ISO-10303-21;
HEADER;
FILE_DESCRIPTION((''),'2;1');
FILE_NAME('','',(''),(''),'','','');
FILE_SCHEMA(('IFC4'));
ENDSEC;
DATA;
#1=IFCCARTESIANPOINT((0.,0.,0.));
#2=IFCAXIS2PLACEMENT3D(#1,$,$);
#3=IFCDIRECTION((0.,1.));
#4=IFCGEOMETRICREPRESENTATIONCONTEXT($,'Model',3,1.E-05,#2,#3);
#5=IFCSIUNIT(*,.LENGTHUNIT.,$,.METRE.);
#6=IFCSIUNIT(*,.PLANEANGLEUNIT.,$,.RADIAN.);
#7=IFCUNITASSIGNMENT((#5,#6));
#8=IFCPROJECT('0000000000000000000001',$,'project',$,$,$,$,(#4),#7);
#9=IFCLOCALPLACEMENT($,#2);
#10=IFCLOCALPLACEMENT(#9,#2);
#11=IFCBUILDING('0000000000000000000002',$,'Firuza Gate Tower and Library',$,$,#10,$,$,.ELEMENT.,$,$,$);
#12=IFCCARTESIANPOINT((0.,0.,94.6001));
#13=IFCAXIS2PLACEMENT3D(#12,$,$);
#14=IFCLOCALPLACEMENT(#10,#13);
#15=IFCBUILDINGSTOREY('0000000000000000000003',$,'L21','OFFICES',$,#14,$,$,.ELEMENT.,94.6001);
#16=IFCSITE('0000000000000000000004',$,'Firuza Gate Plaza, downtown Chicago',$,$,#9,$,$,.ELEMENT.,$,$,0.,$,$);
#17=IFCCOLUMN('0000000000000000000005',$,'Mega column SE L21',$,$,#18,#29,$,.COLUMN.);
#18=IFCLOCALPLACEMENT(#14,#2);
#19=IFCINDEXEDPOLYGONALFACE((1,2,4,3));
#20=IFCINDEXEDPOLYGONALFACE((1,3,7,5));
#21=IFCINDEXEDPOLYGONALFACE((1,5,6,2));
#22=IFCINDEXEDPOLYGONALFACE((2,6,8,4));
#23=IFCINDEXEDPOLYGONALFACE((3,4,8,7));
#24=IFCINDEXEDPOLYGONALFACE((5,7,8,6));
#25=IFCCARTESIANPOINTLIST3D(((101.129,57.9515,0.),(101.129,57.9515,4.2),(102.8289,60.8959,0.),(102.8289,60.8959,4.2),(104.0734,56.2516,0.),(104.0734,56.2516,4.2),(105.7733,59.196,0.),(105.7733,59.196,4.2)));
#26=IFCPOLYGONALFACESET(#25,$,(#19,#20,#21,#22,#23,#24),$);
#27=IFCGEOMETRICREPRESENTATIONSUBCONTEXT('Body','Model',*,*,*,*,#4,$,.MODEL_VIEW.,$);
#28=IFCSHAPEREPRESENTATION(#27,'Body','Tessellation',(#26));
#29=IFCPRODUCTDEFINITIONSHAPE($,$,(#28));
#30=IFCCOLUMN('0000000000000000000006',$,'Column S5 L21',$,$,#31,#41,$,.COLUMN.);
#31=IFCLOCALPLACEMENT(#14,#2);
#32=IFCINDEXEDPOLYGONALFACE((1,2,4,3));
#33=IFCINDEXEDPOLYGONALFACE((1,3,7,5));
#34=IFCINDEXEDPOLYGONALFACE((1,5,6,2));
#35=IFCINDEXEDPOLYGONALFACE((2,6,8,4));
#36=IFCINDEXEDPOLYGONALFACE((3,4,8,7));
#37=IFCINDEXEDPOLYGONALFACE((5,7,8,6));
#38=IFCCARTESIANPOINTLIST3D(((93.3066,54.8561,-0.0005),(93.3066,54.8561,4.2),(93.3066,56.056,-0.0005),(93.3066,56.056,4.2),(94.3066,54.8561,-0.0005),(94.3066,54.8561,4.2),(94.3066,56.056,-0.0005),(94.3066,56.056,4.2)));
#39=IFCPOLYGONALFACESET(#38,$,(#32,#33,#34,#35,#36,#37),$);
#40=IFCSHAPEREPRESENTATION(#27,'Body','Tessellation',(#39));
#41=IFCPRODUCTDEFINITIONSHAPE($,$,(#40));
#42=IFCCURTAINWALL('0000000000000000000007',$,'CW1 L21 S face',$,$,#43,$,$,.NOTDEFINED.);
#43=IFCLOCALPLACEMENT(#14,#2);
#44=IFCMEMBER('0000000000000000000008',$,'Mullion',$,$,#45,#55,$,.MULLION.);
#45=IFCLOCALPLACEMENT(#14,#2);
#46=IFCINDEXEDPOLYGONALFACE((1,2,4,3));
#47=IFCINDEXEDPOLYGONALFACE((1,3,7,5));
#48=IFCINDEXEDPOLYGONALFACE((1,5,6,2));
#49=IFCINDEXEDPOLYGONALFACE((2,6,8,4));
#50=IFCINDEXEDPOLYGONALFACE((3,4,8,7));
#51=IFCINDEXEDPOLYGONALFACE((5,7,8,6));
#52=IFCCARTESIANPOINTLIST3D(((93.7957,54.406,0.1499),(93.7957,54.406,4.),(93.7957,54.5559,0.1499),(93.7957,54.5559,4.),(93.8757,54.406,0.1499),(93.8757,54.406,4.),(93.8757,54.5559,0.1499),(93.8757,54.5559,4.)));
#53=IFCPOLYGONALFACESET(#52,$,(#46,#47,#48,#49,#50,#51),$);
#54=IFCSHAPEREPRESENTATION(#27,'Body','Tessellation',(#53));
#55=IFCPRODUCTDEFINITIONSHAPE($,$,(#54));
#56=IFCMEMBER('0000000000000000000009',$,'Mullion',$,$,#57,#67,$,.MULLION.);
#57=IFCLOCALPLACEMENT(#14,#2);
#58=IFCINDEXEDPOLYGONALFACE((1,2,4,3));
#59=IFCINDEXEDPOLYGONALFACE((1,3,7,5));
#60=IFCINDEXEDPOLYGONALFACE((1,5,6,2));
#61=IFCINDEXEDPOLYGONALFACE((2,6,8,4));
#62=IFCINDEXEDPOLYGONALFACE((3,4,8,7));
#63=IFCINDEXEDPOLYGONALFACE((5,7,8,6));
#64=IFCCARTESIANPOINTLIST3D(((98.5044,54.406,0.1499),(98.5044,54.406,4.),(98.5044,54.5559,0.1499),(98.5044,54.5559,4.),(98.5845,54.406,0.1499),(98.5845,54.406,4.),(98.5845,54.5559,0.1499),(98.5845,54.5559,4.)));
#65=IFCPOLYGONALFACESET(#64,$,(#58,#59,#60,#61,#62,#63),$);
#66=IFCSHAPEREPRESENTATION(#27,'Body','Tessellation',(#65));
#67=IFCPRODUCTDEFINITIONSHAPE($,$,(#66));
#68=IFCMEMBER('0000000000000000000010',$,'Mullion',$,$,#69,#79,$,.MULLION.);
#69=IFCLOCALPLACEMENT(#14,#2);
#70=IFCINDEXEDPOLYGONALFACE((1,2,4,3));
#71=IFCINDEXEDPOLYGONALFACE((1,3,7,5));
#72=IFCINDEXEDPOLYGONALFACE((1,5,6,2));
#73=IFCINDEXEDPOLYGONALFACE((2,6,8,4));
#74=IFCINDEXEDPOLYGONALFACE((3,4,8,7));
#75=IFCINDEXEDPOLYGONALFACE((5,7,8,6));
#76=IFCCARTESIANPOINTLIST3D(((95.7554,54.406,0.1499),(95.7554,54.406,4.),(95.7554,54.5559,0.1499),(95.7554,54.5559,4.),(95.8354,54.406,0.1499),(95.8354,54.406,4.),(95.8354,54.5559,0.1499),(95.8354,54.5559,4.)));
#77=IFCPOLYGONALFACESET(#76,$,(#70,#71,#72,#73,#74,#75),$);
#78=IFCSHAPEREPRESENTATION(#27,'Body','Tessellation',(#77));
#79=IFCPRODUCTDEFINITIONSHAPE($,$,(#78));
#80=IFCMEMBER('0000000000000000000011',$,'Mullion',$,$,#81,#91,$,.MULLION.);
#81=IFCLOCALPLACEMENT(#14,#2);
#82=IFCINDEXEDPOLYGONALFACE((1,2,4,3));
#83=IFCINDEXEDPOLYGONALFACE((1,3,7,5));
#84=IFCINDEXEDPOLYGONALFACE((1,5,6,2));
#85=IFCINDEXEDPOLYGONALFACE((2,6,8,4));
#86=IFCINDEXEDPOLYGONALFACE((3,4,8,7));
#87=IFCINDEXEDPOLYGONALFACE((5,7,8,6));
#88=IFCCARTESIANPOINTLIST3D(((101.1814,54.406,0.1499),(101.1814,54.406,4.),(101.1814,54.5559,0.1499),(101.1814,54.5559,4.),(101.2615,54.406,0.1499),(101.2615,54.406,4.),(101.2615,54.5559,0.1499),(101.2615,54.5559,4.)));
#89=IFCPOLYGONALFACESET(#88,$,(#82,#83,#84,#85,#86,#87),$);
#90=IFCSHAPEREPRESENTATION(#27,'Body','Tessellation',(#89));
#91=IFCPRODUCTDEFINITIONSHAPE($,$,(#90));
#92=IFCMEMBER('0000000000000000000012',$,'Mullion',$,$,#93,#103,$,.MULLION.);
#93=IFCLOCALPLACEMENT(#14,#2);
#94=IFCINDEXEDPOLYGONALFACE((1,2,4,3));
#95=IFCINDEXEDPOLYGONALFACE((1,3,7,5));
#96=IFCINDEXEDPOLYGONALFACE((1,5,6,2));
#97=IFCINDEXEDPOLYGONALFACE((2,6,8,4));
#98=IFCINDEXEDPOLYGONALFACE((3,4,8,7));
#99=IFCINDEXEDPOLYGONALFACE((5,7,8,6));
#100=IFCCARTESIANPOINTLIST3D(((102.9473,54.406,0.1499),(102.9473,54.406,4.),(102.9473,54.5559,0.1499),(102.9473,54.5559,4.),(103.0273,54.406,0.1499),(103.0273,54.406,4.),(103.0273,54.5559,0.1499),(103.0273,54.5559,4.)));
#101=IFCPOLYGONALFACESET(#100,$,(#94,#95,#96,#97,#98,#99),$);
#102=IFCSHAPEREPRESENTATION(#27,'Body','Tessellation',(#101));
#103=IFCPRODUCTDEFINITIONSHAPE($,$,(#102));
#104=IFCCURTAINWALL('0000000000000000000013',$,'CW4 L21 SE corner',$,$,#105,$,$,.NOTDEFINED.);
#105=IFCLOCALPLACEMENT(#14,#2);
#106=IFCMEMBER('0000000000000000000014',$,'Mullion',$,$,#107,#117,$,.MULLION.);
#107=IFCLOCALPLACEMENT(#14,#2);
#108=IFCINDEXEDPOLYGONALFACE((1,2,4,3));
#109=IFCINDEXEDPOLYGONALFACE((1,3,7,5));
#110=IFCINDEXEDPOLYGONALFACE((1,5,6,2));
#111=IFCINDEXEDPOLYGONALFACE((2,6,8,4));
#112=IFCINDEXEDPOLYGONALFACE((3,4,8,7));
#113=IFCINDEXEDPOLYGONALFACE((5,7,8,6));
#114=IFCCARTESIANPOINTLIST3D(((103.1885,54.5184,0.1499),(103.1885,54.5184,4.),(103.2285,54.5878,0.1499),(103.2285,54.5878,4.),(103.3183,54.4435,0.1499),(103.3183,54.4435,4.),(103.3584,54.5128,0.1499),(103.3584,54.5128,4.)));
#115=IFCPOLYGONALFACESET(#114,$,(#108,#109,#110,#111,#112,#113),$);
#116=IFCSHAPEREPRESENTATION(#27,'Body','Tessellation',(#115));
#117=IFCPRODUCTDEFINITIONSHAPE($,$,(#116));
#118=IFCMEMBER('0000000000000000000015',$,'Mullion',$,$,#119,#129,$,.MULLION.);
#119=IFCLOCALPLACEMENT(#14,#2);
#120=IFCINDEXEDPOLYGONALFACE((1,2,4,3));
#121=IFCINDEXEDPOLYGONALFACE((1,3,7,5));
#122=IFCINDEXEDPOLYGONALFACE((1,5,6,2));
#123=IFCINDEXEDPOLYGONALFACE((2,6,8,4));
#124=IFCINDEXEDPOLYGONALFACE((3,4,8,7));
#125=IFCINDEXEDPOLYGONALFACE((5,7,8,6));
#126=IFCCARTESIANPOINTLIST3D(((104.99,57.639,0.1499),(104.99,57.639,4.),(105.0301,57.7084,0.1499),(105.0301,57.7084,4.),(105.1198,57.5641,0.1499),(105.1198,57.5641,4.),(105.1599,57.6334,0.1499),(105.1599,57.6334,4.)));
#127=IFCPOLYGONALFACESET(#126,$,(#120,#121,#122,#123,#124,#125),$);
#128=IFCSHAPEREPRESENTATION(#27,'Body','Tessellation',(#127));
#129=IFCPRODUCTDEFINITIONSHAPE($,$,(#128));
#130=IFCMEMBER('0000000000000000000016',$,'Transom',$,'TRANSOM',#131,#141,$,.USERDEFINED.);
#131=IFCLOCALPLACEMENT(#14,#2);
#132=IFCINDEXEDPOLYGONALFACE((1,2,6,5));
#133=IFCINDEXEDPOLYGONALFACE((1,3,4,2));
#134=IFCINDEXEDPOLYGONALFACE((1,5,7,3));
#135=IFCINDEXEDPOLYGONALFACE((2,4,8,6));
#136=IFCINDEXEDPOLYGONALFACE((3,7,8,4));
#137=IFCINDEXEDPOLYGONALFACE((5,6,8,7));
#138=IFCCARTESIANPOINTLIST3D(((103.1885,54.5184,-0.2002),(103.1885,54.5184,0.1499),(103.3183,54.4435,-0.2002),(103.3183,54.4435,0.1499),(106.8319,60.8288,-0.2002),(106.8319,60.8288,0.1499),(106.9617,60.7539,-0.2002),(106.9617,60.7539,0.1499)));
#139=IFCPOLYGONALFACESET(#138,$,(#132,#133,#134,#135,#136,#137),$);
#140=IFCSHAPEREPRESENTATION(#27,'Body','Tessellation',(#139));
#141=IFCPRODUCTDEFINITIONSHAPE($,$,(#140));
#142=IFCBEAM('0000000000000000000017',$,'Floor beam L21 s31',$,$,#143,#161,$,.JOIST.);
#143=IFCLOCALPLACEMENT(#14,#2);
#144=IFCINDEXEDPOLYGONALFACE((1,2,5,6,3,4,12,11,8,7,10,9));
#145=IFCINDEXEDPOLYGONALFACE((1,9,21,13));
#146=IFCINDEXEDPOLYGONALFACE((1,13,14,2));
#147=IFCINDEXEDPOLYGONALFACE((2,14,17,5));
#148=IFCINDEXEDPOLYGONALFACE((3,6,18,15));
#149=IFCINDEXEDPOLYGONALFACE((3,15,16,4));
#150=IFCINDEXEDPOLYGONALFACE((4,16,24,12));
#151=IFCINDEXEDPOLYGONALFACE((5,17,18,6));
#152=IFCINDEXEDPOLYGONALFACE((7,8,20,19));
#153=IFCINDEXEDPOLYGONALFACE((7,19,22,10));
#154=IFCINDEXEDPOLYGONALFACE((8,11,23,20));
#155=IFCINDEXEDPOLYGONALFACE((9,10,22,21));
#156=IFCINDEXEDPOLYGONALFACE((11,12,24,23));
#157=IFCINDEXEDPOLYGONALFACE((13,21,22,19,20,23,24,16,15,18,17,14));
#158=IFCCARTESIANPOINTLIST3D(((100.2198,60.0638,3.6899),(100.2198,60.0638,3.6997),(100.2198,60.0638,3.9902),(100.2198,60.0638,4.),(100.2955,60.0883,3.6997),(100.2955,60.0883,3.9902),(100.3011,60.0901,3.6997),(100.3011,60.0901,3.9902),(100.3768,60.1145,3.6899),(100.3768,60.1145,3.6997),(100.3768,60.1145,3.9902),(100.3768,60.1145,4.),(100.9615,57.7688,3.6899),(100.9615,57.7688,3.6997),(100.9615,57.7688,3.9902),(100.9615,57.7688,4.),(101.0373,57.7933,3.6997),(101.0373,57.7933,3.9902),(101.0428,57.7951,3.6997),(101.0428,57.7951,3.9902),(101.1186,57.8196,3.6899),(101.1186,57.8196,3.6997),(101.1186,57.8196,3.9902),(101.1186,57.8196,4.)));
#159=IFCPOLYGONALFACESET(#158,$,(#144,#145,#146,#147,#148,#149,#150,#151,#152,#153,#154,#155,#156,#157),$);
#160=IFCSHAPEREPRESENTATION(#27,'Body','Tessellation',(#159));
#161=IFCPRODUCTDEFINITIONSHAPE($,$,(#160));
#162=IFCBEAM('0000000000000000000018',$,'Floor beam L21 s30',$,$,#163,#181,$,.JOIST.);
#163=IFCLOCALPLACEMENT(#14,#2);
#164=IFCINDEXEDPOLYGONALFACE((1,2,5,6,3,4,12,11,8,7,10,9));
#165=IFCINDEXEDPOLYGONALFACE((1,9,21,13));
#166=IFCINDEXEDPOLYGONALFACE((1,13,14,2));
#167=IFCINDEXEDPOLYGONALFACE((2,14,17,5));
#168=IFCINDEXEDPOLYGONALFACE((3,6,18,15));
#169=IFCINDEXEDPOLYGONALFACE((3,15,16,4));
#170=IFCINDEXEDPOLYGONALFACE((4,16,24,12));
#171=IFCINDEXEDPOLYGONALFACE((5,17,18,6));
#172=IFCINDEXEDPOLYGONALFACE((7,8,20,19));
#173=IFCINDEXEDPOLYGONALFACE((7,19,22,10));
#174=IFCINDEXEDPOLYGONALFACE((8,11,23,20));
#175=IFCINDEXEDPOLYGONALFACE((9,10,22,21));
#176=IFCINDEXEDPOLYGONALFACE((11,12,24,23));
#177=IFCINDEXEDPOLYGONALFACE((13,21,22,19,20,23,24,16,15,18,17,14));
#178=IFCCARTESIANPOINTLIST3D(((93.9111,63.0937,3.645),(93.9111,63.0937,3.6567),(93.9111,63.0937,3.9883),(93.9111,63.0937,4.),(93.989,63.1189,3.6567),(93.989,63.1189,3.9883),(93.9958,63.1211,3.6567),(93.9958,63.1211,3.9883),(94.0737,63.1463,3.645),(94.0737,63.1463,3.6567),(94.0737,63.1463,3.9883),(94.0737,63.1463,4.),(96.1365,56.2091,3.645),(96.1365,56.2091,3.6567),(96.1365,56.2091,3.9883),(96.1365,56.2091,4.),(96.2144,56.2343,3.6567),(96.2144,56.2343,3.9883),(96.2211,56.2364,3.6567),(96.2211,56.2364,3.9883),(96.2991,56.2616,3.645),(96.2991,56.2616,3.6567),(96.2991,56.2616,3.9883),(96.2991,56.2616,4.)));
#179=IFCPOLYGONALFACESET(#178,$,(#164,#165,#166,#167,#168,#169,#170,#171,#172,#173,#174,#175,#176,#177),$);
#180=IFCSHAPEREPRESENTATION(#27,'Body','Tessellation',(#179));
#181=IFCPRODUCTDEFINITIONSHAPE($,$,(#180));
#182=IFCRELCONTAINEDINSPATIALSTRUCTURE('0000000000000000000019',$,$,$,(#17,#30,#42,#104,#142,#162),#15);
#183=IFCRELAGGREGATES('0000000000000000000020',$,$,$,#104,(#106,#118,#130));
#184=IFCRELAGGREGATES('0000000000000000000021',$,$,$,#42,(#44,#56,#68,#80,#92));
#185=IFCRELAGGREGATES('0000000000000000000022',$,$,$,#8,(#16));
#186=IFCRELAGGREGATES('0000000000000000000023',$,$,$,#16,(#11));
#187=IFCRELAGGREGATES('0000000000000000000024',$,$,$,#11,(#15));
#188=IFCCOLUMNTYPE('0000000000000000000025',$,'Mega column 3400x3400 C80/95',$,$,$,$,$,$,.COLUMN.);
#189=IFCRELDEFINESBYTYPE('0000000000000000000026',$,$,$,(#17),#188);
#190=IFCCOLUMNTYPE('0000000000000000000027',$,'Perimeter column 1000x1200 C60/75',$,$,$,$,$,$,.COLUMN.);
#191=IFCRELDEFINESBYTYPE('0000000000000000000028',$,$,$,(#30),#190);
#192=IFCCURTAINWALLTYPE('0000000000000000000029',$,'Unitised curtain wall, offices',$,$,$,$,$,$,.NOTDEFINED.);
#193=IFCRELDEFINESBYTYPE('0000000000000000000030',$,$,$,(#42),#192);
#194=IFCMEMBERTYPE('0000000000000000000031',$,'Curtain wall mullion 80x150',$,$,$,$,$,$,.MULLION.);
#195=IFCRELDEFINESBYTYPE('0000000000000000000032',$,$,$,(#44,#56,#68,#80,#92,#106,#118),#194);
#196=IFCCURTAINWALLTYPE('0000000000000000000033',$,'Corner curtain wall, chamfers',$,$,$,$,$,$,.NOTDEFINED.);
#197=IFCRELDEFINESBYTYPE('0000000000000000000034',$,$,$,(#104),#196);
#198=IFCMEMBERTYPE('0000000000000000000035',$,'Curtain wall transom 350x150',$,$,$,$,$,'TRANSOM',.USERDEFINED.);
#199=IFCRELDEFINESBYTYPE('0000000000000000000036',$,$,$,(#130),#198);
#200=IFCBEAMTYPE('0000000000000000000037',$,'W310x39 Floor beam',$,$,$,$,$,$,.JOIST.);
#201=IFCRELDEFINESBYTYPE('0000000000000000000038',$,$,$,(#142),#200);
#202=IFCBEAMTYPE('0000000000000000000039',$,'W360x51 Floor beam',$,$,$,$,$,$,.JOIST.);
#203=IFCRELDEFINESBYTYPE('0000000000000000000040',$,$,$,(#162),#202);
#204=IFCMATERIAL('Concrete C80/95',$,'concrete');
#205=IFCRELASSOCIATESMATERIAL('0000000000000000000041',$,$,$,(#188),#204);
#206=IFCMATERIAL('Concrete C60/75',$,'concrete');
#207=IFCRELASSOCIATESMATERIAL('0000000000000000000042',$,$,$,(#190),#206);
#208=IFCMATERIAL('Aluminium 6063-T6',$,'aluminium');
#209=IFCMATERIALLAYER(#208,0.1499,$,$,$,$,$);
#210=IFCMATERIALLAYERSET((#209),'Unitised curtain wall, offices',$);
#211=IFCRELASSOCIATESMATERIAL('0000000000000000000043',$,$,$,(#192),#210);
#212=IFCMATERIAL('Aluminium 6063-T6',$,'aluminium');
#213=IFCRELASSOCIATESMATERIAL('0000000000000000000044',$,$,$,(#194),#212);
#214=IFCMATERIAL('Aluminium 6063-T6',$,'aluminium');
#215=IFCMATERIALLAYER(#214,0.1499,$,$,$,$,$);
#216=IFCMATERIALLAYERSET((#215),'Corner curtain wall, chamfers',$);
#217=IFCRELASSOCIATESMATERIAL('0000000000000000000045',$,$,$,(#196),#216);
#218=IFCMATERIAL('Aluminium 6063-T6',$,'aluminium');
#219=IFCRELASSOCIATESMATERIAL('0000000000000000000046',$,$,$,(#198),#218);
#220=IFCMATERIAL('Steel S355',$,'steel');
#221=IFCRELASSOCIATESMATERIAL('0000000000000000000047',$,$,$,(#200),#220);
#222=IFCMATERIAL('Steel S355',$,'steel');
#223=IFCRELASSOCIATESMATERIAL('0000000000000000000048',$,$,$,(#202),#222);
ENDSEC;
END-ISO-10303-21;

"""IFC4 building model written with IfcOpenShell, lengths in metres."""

from ifc_helpers import new_model, si_unit, direction, frame, origin, origin_2d, place, context, subcontext, project, spatial, rectangle, i_section, extrude, material, layer, layer_set, material_profile, profile_set, type_object, element, aggregate, save


model = new_model("IFC4")

# Units and contexts
model_context = context("Model", 3, precision=1e-05, world=origin(), true_north=direction((0.0, 1.0)))
body_context = subcontext(model_context, "Body", "Model", "MODEL_VIEW")
ifc_project = project(units=[si_unit("LENGTHUNIT", "METRE"), si_unit("PLANEANGLEUNIT", "RADIAN")], contexts=[model_context])

# Site, building, storey
site_placement = place(None, origin())
site = spatial("IfcSite", under=ifc_project, at=site_placement, Name="Firuza Gate Plaza, downtown Chicago", CompositionType="ELEMENT", RefElevation=0.0)
building_placement = place(site_placement, origin())
building = spatial("IfcBuilding", under=site, at=building_placement, Name="Firuza Gate Tower and Library", CompositionType="ELEMENT")
storey_placement = place(building_placement, frame((0.0, 0.0, 94.6001)))
storey = spatial("IfcBuildingStorey", under=building, at=storey_placement, Name="L21", Description="OFFICES", CompositionType="ELEMENT", Elevation=94.6001)

# Columns
ifc_material_1 = material(Name="Concrete C80/95", Category="concrete")
ifc_material_profile_1 = material_profile(ifc_material_1, rectangle(XDim=3.3999, YDim=3.3999, at=origin_2d()))
ifc_profile_set_1 = profile_set([ifc_material_profile_1], Name="Concrete C80/95")
column_type_1 = type_object("IfcColumnType", Name="Mega column 3400x3400 C80/95", PredefinedType="COLUMN", material=ifc_profile_set_1)
column_1_placement = place(storey_placement, frame((103.4512, 58.5737, 0.0), z_axis=(0.0, 0.0, 1.0), x_axis=(0.5, 0.866025, 0.0)))
element("IfcColumn", 1, at=column_1_placement, inside=storey, type_object=column_type_1, Name="Mega column SE L21", PredefinedType="COLUMN", context=body_context, shape_type="SweptSolid", body=[
    extrude(rectangle(XDim=3.3999, YDim=3.3999, at=origin_2d()), origin(), (0.0, 0.0, 1.0), 4.2),
])
ifc_material_2 = material(Name="Concrete C60/75", Category="concrete")
ifc_material_profile_2 = material_profile(ifc_material_2, rectangle(XDim=1.0, YDim=1.2, at=origin_2d()))
ifc_profile_set_2 = profile_set([ifc_material_profile_2], Name="Concrete C60/75")
column_type_2 = type_object("IfcColumnType", Name="Perimeter column 1000x1200 C60/75", PredefinedType="COLUMN", material=ifc_profile_set_2)
column_2_placement = place(storey_placement, frame((93.8066, 55.4561, -0.0005), z_axis=(0.0, 0.0, 1.0), x_axis=(1.0, 0.0, 0.0)))
element("IfcColumn", 2, at=column_2_placement, inside=storey, type_object=column_type_2, Name="Column S5 L21", PredefinedType="COLUMN", context=body_context, shape_type="SweptSolid", body=[
    extrude(rectangle(XDim=1.0, YDim=1.2, at=origin_2d()), origin(), (0.0, 0.0, 1.0), 4.2004),
])

# Curtain walls, members
ifc_material_3 = material(Name="Aluminium 6063-T6", Category="aluminium")
ifc_layer_1 = layer(ifc_material_3, 0.1499)
ifc_layer_set_1 = layer_set([ifc_layer_1], Name="Unitised curtain wall, offices")
curtain_wall_type_1 = type_object("IfcCurtainWallType", Name="Unitised curtain wall, offices", PredefinedType="NOTDEFINED", material=ifc_layer_set_1)
placement = place(storey_placement, origin())
curtain_wall_1 = element("IfcCurtainWall", 3, at=placement, inside=storey, type_object=curtain_wall_type_1, Name="CW1 L21 S face", PredefinedType="NOTDEFINED")
ifc_material_4 = material(Name="Aluminium 6063-T6", Category="aluminium")
ifc_material_profile_3 = material_profile(ifc_material_4, rectangle(XDim=0.1499, YDim=0.0801, at=origin_2d()))
ifc_profile_set_3 = profile_set([ifc_material_profile_3], Name="Aluminium 6063-T6")
member_type_1 = type_object("IfcMemberType", Name="Curtain wall mullion 80x150", PredefinedType="MULLION", material=ifc_profile_set_3)
member_1_placement = place(storey_placement, frame((93.8357, 54.481, 0.1499), z_axis=(0.0, 0.0, 1.0), x_axis=(0.0, 1.0, 0.0)))
member_1 = element("IfcMember", 4, at=member_1_placement, type_object=member_type_1, Name="Mullion", PredefinedType="MULLION", context=body_context, shape_type="SweptSolid", body=[
    extrude(rectangle(XDim=0.1499, YDim=0.0801, at=origin_2d()), origin(), (0.0, 0.0, 1.0), 3.8501),
])
member_2_placement = place(storey_placement, frame((98.5444, 54.481, 0.1499), z_axis=(0.0, 0.0, 1.0), x_axis=(0.0, 1.0, 0.0)))
member_2 = element("IfcMember", 5, at=member_2_placement, type_object=member_type_1, Name="Mullion", PredefinedType="MULLION", context=body_context, shape_type="SweptSolid", body=[
    extrude(rectangle(XDim=0.1499, YDim=0.0801, at=origin_2d()), origin(), (0.0, 0.0, 1.0), 3.8501),
])
member_3_placement = place(storey_placement, frame((95.7954, 54.481, 0.1499), z_axis=(0.0, 0.0, 1.0), x_axis=(0.0, 1.0, 0.0)))
member_3 = element("IfcMember", 6, at=member_3_placement, type_object=member_type_1, Name="Mullion", PredefinedType="MULLION", context=body_context, shape_type="SweptSolid", body=[
    extrude(rectangle(XDim=0.1499, YDim=0.0801, at=origin_2d()), origin(), (0.0, 0.0, 1.0), 3.8501),
])
member_4_placement = place(storey_placement, frame((101.2214, 54.481, 0.1499), z_axis=(0.0, 0.0, 1.0), x_axis=(0.0, 1.0, 0.0)))
member_4 = element("IfcMember", 7, at=member_4_placement, type_object=member_type_1, Name="Mullion", PredefinedType="MULLION", context=body_context, shape_type="SweptSolid", body=[
    extrude(rectangle(XDim=0.1499, YDim=0.0801, at=origin_2d()), origin(), (0.0, 0.0, 1.0), 3.8501),
])
member_5_placement = place(storey_placement, frame((102.9873, 54.481, 0.1499), z_axis=(0.0, 0.0, 1.0), x_axis=(0.0, 1.0, 0.0)))
member_5 = element("IfcMember", 8, at=member_5_placement, type_object=member_type_1, Name="Mullion", PredefinedType="MULLION", context=body_context, shape_type="SweptSolid", body=[
    extrude(rectangle(XDim=0.1499, YDim=0.0801, at=origin_2d()), origin(), (0.0, 0.0, 1.0), 3.8501),
])
ifc_material_5 = material(Name="Aluminium 6063-T6", Category="aluminium")
ifc_layer_2 = layer(ifc_material_5, 0.1499)
ifc_layer_set_2 = layer_set([ifc_layer_2], Name="Corner curtain wall, chamfers")
curtain_wall_type_2 = type_object("IfcCurtainWallType", Name="Corner curtain wall, chamfers", PredefinedType="NOTDEFINED", material=ifc_layer_set_2)
curtain_wall_2 = element("IfcCurtainWall", 9, at=placement, inside=storey, type_object=curtain_wall_type_2, Name="CW4 L21 SE corner", PredefinedType="NOTDEFINED")
member_6_placement = place(storey_placement, frame((103.2734, 54.5156, 0.1499), z_axis=(0.0, 0.0, 1.0), x_axis=(-0.866025, 0.5, 0.0)))
member_6 = element("IfcMember", 10, at=member_6_placement, type_object=member_type_1, Name="Mullion", PredefinedType="MULLION", context=body_context, shape_type="SweptSolid", body=[
    extrude(rectangle(XDim=0.1499, YDim=0.0801, at=origin_2d()), origin(), (0.0, 0.0, 1.0), 3.8501),
])
member_7_placement = place(storey_placement, frame((105.075, 57.6362, 0.1499), z_axis=(0.0, 0.0, 1.0), x_axis=(-0.866025, 0.5, 0.0)))
member_7 = element("IfcMember", 11, at=member_7_placement, type_object=member_type_1, Name="Mullion", PredefinedType="MULLION", context=body_context, shape_type="SweptSolid", body=[
    extrude(rectangle(XDim=0.1499, YDim=0.0801, at=origin_2d()), origin(), (0.0, 0.0, 1.0), 3.8501),
])
ifc_material_6 = material(Name="Aluminium 6063-T6", Category="aluminium")
ifc_material_profile_4 = material_profile(ifc_material_6, rectangle(XDim=0.1499, YDim=0.3501, at=origin_2d()))
ifc_profile_set_4 = profile_set([ifc_material_profile_4], Name="Aluminium 6063-T6")
member_type_2 = type_object("IfcMemberType", Name="Curtain wall transom 350x150", ElementType="TRANSOM", PredefinedType="USERDEFINED", material=ifc_profile_set_4)
member_8_placement = place(storey_placement, frame((103.2534, 54.481, -0.0251), z_axis=(0.500006, 0.866022, 0.0), x_axis=(-0.866022, 0.500006, 0.0)))
member_8 = element("IfcMember", 12, at=member_8_placement, type_object=member_type_2, Name="Transom", ObjectType="TRANSOM", PredefinedType="USERDEFINED", context=body_context, shape_type="SweptSolid", body=[
    extrude(rectangle(XDim=0.1499, YDim=0.3501, at=origin_2d()), origin(), (0.0, 0.0, 1.0), 7.2866),
])

# Beams
ifc_material_7 = material(Name="Steel S355", Category="steel")
ifc_material_profile_5 = material_profile(ifc_material_7, i_section(OverallWidth=0.165, OverallDepth=0.3101, WebThickness=0.0059, FlangeThickness=0.0098, at=origin_2d()))
ifc_profile_set_5 = profile_set([ifc_material_profile_5], Name="Steel S355")
beam_type_1 = type_object("IfcBeamType", Name="W310x39 Floor beam", PredefinedType="JOIST", material=ifc_profile_set_5)
beam_1_placement = place(storey_placement, frame((101.04, 57.7942, 3.845), z_axis=(-0.307529, 0.951539, 0.0), x_axis=(-0.951539, -0.307529, 0.0)))
element("IfcBeam", 13, at=beam_1_placement, inside=storey, type_object=beam_type_1, Name="Floor beam L21 s31", PredefinedType="JOIST", context=body_context, shape_type="SweptSolid", body=[
    extrude(i_section(OverallWidth=0.165, OverallDepth=0.3101, WebThickness=0.0059, FlangeThickness=0.0098, at=origin_2d()), origin(), (0.0, 0.0, 1.0), 2.4119),
])
ifc_material_8 = material(Name="Steel S355", Category="steel")
ifc_material_profile_6 = material_profile(ifc_material_8, i_section(OverallWidth=0.1709, OverallDepth=0.355, WebThickness=0.0071, FlangeThickness=0.0117, at=origin_2d()))
ifc_profile_set_6 = profile_set([ifc_material_profile_6], Name="Steel S355")
beam_type_2 = type_object("IfcBeamType", Name="W360x51 Floor beam", PredefinedType="JOIST", material=ifc_profile_set_6)
beam_2_placement = place(storey_placement, frame((96.2178, 56.2354, 3.8225), z_axis=(-0.30757, 0.951526, 0.0), x_axis=(-0.951526, -0.30757, 0.0)))
element("IfcBeam", 14, at=beam_2_placement, inside=storey, type_object=beam_type_2, Name="Floor beam L21 s30", PredefinedType="JOIST", context=body_context, shape_type="SweptSolid", body=[
    extrude(i_section(OverallWidth=0.1709, OverallDepth=0.355, WebThickness=0.0071, FlangeThickness=0.0117, at=origin_2d()), origin(), (0.0, 0.0, 1.0), 7.2354),
])

aggregate(curtain_wall_2, [member_6, member_7, member_8])
aggregate(curtain_wall_1, [member_1, member_2, member_3, member_4, member_5])

save(model, "model.ifc")
